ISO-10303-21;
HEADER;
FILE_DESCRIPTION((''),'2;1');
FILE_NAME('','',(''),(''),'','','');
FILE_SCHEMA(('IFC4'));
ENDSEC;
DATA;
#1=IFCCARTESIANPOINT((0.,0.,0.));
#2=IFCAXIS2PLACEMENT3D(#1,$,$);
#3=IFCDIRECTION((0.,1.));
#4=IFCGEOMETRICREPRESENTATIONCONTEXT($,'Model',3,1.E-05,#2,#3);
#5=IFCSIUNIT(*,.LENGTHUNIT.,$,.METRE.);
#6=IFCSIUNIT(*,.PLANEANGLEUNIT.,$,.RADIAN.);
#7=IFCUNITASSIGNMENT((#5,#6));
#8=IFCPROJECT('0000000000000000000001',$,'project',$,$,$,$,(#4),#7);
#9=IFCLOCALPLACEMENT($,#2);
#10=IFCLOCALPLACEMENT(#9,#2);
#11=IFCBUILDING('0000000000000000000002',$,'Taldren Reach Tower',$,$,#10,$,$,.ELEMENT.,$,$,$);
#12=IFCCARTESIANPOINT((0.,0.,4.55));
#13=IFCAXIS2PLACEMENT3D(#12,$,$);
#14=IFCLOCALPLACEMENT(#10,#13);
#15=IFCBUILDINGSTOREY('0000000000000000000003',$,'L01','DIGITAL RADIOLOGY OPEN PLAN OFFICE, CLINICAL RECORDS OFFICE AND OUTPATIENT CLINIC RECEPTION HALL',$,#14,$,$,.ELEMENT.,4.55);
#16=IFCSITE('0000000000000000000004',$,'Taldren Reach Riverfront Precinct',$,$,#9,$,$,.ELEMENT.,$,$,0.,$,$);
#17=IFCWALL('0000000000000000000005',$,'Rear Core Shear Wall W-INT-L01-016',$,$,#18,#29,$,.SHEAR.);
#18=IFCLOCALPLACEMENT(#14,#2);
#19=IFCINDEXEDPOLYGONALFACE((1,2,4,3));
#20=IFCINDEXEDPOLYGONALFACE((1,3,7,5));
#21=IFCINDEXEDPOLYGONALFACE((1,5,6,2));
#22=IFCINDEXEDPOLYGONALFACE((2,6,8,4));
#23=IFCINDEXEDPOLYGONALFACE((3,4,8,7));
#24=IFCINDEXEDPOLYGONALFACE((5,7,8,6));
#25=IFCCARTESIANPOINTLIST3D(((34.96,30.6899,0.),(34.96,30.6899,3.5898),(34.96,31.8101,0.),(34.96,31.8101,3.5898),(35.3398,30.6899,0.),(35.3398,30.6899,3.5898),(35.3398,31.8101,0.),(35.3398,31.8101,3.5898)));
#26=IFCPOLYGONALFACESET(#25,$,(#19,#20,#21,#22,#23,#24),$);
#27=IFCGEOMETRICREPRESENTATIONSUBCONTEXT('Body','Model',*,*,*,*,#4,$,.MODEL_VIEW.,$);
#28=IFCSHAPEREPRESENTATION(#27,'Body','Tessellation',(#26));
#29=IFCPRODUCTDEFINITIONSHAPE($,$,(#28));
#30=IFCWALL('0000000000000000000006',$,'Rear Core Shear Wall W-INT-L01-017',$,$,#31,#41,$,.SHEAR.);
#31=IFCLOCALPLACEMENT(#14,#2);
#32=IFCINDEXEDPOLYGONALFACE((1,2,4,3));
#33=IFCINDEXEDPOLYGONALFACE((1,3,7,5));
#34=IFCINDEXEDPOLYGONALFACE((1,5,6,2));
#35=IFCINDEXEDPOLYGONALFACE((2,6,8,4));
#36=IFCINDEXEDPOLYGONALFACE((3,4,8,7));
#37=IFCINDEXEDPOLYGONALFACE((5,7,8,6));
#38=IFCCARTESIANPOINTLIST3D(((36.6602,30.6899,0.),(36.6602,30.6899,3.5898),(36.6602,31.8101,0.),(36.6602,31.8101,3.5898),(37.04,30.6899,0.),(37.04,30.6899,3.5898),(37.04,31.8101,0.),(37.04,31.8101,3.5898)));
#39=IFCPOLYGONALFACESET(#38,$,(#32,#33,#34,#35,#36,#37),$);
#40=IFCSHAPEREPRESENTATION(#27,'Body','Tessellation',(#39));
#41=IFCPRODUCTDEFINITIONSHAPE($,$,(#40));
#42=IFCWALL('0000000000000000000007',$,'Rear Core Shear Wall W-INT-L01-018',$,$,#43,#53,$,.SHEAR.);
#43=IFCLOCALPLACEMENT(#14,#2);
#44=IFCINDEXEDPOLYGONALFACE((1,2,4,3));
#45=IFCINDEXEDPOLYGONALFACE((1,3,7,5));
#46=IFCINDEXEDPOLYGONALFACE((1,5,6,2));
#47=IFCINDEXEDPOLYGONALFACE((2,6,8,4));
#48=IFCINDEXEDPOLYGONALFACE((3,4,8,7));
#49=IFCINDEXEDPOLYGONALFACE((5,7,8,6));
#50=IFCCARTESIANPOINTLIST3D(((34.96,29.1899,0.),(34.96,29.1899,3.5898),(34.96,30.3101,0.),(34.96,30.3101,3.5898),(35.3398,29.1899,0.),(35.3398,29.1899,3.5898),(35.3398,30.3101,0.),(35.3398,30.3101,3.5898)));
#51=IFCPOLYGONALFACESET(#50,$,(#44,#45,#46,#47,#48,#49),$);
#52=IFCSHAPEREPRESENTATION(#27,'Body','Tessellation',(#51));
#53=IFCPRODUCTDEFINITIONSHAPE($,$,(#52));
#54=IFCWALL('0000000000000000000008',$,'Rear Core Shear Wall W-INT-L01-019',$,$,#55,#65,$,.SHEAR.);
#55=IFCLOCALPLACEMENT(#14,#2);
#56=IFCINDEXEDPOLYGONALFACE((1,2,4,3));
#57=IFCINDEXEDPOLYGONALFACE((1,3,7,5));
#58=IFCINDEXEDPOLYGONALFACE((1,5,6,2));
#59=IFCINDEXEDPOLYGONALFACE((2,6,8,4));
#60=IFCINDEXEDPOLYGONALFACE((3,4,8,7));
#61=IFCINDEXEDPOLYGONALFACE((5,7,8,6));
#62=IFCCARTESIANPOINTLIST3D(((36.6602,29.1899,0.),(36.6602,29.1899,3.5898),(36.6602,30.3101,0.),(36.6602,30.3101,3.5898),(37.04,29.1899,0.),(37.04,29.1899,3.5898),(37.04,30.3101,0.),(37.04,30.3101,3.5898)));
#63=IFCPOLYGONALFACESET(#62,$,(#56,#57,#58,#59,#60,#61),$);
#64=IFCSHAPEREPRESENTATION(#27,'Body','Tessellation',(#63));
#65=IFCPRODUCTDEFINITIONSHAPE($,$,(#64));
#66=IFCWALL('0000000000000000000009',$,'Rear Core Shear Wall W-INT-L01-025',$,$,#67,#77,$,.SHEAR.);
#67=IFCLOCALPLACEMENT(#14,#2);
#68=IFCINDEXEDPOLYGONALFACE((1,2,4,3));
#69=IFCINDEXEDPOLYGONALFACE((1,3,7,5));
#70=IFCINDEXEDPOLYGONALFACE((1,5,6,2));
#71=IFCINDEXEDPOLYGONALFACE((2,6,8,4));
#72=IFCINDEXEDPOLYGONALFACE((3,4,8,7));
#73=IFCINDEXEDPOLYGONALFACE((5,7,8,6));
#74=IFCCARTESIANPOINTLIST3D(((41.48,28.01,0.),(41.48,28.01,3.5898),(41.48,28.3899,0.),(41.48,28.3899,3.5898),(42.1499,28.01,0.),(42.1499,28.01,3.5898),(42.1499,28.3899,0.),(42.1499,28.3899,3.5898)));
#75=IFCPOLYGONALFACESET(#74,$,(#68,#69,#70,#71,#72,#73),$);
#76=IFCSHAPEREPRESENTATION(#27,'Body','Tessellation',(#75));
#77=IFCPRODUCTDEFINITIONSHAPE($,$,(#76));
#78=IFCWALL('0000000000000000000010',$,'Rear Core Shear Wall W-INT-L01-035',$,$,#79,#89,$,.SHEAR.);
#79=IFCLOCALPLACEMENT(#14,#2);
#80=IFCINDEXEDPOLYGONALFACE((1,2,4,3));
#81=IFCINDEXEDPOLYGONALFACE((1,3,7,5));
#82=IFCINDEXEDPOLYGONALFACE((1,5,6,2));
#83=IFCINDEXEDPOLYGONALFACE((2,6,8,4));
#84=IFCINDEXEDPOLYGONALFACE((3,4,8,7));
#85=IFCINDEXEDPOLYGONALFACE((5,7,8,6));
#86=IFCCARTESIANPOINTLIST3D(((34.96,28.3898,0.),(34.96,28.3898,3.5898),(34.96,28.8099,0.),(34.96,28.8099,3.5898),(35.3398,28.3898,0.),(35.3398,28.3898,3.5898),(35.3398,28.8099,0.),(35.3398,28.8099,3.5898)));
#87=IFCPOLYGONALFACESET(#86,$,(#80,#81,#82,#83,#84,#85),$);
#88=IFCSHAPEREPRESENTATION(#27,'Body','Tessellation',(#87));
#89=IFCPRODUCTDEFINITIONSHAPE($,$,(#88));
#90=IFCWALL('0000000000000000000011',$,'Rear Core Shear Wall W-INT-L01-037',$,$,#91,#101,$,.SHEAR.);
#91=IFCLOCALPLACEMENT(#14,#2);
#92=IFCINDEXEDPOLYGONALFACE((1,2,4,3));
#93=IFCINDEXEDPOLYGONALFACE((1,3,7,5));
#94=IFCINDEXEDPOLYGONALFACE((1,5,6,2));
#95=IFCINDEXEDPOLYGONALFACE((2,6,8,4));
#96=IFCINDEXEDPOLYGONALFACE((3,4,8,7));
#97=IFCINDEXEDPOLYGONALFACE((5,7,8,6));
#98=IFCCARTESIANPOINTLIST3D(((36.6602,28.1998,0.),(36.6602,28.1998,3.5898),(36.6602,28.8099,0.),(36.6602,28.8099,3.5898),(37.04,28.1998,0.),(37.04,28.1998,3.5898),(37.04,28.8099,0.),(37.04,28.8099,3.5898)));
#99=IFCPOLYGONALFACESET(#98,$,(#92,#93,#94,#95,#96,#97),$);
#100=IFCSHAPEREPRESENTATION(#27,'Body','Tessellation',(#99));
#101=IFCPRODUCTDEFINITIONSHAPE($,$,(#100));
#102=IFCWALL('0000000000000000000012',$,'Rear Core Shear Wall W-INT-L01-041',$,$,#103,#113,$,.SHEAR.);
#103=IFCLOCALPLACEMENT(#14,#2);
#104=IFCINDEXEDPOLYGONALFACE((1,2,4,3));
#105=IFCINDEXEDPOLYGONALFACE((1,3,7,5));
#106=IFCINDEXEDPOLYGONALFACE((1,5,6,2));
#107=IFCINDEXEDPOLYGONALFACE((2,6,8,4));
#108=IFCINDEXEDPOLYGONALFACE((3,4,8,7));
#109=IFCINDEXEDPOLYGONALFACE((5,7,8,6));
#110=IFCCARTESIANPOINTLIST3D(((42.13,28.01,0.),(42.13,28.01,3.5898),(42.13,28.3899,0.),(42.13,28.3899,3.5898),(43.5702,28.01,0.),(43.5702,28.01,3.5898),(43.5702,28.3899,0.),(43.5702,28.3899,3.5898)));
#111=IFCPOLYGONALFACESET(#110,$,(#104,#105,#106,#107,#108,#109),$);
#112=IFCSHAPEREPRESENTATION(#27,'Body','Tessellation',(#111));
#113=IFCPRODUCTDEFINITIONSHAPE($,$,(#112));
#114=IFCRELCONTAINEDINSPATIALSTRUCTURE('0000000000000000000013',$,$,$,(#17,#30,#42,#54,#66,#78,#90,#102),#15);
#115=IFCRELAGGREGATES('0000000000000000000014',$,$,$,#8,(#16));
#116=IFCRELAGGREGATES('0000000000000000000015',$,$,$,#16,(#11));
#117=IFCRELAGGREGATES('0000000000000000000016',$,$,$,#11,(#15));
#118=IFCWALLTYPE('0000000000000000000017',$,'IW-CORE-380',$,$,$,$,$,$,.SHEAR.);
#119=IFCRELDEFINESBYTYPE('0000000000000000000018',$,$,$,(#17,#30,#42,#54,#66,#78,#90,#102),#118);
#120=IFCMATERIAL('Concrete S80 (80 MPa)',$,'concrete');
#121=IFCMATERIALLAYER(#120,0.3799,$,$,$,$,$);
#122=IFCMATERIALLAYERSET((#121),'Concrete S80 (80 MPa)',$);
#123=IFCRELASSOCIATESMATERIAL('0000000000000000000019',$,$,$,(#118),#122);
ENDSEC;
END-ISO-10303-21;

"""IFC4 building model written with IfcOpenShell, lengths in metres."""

from ifc_helpers import new_model, si_unit, direction, frame, frame_2d, origin, place, context, subcontext, project, spatial, rectangle, extrude, source, transform, mapped, material, layer, layer_set, type_object, element, save


model = new_model("IFC4")

# Units and contexts
model_context = context("Model", 3, precision=1e-05, world=origin(), true_north=direction((0.0, 1.0)))
body_context = subcontext(model_context, "Body", "Model", "MODEL_VIEW")
ifc_project = project(units=[si_unit("LENGTHUNIT", "METRE"), si_unit("PLANEANGLEUNIT", "RADIAN")], contexts=[model_context])

# Site, building, storey
site_placement = place(None, origin())
site = spatial("IfcSite", under=ifc_project, at=site_placement, Name="Taldren Reach Riverfront Precinct", CompositionType="ELEMENT", RefElevation=0.0)
building_placement = place(site_placement, origin())
building = spatial("IfcBuilding", under=site, at=building_placement, Name="Taldren Reach Tower", CompositionType="ELEMENT")
storey_placement = place(building_placement, frame((0.0, 0.0, 4.55)))
storey = spatial("IfcBuildingStorey", under=building, at=storey_placement, Name="L01", Description="DIGITAL RADIOLOGY OPEN PLAN OFFICE, CLINICAL RECORDS OFFICE AND OUTPATIENT CLINIC RECEPTION HALL", CompositionType="ELEMENT", Elevation=4.55)

# Shared definitions
ifc_material_1 = material(Name="Concrete S80 (80 MPa)", Category="concrete")
ifc_layer = layer(ifc_material_1, 0.3799)
ifc_layer_set = layer_set([ifc_layer], Name="Concrete S80 (80 MPa)")
wall_type = type_object("IfcWallType", Name="IW-CORE-380", PredefinedType="SHEAR", material=ifc_layer_set)

# Walls
shared_shape_1 = source(origin(), body_context, "Body", "SweptSolid", [
    extrude(rectangle(XDim=1.1201, YDim=0.3799, at=frame_2d((0.5601, 0.0))), origin(), (0.0, 0.0, 1.0), 3.5898),
])
for number, where, z_axis, x_axis, name in (
    (1, (35.1499, 31.8101, 0.0), (0.0, 0.0, 1.0), (0.0, -1.0, 0.0), "Rear Core Shear Wall W-INT-L01-016"),
    (2, (36.8501, 30.6899, 0.0), (0.0, 0.0, 1.0), (0.0, 1.0, 0.0), "Rear Core Shear Wall W-INT-L01-017"),
    (3, (35.1499, 30.3101, 0.0), (0.0, 0.0, 1.0), (0.0, -1.0, 0.0), "Rear Core Shear Wall W-INT-L01-018"),
    (4, (36.8501, 29.1899, 0.0), (0.0, 0.0, 1.0), (0.0, 1.0, 0.0), "Rear Core Shear Wall W-INT-L01-019"),
):
    element("IfcWall", number, at=place(storey_placement, frame(where, z_axis=z_axis, x_axis=x_axis)), inside=storey, type_object=wall_type, Name=name, PredefinedType="SHEAR", context=body_context, shape_type="MappedRepresentation", body=[
        mapped(shared_shape_1, transform((0.0, 0.0, 0.0), scale=1.0)),
    ])
shared_shape_2 = source(origin(), body_context, "Body", "SweptSolid", [
    extrude(rectangle(XDim=0.6699, YDim=0.3799, at=frame_2d((0.335, 0.0))), origin(), (0.0, 0.0, 1.0), 3.5898),
])
wall_1_placement = place(storey_placement, frame((42.1499, 28.2, 0.0), z_axis=(0.0, 0.0, 1.0), x_axis=(-1.0, 0.0, 0.0)))
element("IfcWall", 5, at=wall_1_placement, inside=storey, type_object=wall_type, Name="Rear Core Shear Wall W-INT-L01-025", PredefinedType="SHEAR", context=body_context, shape_type="MappedRepresentation", body=[
    mapped(shared_shape_2, transform((0.0, 0.0, 0.0), scale=1.0)),
])
shared_shape_3 = source(origin(), body_context, "Body", "SweptSolid", [
    extrude(rectangle(XDim=0.4202, YDim=0.3799, at=frame_2d((0.21, 0.0))), origin(), (0.0, 0.0, 1.0), 3.5898),
])
wall_2_placement = place(storey_placement, frame((35.1499, 28.3899, 0.0), z_axis=(0.0, 0.0, 1.0), x_axis=(0.0, 1.0, 0.0)))
element("IfcWall", 6, at=wall_2_placement, inside=storey, type_object=wall_type, Name="Rear Core Shear Wall W-INT-L01-035", PredefinedType="SHEAR", context=body_context, shape_type="MappedRepresentation", body=[
    mapped(shared_shape_3, transform((0.0, 0.0, 0.0), scale=1.0)),
])
shared_shape_4 = source(origin(), body_context, "Body", "SweptSolid", [
    extrude(rectangle(XDim=0.6101, YDim=0.3799, at=frame_2d((0.3052, 0.0))), origin(), (0.0, 0.0, 1.0), 3.5898),
])
wall_3_placement = place(storey_placement, frame((36.8501, 28.8101, 0.0), z_axis=(0.0, 0.0, 1.0), x_axis=(0.0, -1.0, 0.0)))
element("IfcWall", 7, at=wall_3_placement, inside=storey, type_object=wall_type, Name="Rear Core Shear Wall W-INT-L01-037", PredefinedType="SHEAR", context=body_context, shape_type="MappedRepresentation", body=[
    mapped(shared_shape_4, transform((0.0, 0.0, 0.0), scale=1.0)),
])
shared_shape_5 = source(origin(), body_context, "Body", "SweptSolid", [
    extrude(rectangle(XDim=1.4402, YDim=0.3799, at=frame_2d((0.7202, 0.0))), origin(), (0.0, 0.0, 1.0), 3.5898),
])
wall_4_placement = place(storey_placement, frame((42.1299, 28.2, 0.0), z_axis=(0.0, 0.0, 1.0), x_axis=(1.0, 0.0, 0.0)))
element("IfcWall", 8, at=wall_4_placement, inside=storey, type_object=wall_type, Name="Rear Core Shear Wall W-INT-L01-041", PredefinedType="SHEAR", context=body_context, shape_type="MappedRepresentation", body=[
    mapped(shared_shape_5, transform((0.0, 0.0, 0.0), scale=1.0)),
])

save(model, "model.ifc")
